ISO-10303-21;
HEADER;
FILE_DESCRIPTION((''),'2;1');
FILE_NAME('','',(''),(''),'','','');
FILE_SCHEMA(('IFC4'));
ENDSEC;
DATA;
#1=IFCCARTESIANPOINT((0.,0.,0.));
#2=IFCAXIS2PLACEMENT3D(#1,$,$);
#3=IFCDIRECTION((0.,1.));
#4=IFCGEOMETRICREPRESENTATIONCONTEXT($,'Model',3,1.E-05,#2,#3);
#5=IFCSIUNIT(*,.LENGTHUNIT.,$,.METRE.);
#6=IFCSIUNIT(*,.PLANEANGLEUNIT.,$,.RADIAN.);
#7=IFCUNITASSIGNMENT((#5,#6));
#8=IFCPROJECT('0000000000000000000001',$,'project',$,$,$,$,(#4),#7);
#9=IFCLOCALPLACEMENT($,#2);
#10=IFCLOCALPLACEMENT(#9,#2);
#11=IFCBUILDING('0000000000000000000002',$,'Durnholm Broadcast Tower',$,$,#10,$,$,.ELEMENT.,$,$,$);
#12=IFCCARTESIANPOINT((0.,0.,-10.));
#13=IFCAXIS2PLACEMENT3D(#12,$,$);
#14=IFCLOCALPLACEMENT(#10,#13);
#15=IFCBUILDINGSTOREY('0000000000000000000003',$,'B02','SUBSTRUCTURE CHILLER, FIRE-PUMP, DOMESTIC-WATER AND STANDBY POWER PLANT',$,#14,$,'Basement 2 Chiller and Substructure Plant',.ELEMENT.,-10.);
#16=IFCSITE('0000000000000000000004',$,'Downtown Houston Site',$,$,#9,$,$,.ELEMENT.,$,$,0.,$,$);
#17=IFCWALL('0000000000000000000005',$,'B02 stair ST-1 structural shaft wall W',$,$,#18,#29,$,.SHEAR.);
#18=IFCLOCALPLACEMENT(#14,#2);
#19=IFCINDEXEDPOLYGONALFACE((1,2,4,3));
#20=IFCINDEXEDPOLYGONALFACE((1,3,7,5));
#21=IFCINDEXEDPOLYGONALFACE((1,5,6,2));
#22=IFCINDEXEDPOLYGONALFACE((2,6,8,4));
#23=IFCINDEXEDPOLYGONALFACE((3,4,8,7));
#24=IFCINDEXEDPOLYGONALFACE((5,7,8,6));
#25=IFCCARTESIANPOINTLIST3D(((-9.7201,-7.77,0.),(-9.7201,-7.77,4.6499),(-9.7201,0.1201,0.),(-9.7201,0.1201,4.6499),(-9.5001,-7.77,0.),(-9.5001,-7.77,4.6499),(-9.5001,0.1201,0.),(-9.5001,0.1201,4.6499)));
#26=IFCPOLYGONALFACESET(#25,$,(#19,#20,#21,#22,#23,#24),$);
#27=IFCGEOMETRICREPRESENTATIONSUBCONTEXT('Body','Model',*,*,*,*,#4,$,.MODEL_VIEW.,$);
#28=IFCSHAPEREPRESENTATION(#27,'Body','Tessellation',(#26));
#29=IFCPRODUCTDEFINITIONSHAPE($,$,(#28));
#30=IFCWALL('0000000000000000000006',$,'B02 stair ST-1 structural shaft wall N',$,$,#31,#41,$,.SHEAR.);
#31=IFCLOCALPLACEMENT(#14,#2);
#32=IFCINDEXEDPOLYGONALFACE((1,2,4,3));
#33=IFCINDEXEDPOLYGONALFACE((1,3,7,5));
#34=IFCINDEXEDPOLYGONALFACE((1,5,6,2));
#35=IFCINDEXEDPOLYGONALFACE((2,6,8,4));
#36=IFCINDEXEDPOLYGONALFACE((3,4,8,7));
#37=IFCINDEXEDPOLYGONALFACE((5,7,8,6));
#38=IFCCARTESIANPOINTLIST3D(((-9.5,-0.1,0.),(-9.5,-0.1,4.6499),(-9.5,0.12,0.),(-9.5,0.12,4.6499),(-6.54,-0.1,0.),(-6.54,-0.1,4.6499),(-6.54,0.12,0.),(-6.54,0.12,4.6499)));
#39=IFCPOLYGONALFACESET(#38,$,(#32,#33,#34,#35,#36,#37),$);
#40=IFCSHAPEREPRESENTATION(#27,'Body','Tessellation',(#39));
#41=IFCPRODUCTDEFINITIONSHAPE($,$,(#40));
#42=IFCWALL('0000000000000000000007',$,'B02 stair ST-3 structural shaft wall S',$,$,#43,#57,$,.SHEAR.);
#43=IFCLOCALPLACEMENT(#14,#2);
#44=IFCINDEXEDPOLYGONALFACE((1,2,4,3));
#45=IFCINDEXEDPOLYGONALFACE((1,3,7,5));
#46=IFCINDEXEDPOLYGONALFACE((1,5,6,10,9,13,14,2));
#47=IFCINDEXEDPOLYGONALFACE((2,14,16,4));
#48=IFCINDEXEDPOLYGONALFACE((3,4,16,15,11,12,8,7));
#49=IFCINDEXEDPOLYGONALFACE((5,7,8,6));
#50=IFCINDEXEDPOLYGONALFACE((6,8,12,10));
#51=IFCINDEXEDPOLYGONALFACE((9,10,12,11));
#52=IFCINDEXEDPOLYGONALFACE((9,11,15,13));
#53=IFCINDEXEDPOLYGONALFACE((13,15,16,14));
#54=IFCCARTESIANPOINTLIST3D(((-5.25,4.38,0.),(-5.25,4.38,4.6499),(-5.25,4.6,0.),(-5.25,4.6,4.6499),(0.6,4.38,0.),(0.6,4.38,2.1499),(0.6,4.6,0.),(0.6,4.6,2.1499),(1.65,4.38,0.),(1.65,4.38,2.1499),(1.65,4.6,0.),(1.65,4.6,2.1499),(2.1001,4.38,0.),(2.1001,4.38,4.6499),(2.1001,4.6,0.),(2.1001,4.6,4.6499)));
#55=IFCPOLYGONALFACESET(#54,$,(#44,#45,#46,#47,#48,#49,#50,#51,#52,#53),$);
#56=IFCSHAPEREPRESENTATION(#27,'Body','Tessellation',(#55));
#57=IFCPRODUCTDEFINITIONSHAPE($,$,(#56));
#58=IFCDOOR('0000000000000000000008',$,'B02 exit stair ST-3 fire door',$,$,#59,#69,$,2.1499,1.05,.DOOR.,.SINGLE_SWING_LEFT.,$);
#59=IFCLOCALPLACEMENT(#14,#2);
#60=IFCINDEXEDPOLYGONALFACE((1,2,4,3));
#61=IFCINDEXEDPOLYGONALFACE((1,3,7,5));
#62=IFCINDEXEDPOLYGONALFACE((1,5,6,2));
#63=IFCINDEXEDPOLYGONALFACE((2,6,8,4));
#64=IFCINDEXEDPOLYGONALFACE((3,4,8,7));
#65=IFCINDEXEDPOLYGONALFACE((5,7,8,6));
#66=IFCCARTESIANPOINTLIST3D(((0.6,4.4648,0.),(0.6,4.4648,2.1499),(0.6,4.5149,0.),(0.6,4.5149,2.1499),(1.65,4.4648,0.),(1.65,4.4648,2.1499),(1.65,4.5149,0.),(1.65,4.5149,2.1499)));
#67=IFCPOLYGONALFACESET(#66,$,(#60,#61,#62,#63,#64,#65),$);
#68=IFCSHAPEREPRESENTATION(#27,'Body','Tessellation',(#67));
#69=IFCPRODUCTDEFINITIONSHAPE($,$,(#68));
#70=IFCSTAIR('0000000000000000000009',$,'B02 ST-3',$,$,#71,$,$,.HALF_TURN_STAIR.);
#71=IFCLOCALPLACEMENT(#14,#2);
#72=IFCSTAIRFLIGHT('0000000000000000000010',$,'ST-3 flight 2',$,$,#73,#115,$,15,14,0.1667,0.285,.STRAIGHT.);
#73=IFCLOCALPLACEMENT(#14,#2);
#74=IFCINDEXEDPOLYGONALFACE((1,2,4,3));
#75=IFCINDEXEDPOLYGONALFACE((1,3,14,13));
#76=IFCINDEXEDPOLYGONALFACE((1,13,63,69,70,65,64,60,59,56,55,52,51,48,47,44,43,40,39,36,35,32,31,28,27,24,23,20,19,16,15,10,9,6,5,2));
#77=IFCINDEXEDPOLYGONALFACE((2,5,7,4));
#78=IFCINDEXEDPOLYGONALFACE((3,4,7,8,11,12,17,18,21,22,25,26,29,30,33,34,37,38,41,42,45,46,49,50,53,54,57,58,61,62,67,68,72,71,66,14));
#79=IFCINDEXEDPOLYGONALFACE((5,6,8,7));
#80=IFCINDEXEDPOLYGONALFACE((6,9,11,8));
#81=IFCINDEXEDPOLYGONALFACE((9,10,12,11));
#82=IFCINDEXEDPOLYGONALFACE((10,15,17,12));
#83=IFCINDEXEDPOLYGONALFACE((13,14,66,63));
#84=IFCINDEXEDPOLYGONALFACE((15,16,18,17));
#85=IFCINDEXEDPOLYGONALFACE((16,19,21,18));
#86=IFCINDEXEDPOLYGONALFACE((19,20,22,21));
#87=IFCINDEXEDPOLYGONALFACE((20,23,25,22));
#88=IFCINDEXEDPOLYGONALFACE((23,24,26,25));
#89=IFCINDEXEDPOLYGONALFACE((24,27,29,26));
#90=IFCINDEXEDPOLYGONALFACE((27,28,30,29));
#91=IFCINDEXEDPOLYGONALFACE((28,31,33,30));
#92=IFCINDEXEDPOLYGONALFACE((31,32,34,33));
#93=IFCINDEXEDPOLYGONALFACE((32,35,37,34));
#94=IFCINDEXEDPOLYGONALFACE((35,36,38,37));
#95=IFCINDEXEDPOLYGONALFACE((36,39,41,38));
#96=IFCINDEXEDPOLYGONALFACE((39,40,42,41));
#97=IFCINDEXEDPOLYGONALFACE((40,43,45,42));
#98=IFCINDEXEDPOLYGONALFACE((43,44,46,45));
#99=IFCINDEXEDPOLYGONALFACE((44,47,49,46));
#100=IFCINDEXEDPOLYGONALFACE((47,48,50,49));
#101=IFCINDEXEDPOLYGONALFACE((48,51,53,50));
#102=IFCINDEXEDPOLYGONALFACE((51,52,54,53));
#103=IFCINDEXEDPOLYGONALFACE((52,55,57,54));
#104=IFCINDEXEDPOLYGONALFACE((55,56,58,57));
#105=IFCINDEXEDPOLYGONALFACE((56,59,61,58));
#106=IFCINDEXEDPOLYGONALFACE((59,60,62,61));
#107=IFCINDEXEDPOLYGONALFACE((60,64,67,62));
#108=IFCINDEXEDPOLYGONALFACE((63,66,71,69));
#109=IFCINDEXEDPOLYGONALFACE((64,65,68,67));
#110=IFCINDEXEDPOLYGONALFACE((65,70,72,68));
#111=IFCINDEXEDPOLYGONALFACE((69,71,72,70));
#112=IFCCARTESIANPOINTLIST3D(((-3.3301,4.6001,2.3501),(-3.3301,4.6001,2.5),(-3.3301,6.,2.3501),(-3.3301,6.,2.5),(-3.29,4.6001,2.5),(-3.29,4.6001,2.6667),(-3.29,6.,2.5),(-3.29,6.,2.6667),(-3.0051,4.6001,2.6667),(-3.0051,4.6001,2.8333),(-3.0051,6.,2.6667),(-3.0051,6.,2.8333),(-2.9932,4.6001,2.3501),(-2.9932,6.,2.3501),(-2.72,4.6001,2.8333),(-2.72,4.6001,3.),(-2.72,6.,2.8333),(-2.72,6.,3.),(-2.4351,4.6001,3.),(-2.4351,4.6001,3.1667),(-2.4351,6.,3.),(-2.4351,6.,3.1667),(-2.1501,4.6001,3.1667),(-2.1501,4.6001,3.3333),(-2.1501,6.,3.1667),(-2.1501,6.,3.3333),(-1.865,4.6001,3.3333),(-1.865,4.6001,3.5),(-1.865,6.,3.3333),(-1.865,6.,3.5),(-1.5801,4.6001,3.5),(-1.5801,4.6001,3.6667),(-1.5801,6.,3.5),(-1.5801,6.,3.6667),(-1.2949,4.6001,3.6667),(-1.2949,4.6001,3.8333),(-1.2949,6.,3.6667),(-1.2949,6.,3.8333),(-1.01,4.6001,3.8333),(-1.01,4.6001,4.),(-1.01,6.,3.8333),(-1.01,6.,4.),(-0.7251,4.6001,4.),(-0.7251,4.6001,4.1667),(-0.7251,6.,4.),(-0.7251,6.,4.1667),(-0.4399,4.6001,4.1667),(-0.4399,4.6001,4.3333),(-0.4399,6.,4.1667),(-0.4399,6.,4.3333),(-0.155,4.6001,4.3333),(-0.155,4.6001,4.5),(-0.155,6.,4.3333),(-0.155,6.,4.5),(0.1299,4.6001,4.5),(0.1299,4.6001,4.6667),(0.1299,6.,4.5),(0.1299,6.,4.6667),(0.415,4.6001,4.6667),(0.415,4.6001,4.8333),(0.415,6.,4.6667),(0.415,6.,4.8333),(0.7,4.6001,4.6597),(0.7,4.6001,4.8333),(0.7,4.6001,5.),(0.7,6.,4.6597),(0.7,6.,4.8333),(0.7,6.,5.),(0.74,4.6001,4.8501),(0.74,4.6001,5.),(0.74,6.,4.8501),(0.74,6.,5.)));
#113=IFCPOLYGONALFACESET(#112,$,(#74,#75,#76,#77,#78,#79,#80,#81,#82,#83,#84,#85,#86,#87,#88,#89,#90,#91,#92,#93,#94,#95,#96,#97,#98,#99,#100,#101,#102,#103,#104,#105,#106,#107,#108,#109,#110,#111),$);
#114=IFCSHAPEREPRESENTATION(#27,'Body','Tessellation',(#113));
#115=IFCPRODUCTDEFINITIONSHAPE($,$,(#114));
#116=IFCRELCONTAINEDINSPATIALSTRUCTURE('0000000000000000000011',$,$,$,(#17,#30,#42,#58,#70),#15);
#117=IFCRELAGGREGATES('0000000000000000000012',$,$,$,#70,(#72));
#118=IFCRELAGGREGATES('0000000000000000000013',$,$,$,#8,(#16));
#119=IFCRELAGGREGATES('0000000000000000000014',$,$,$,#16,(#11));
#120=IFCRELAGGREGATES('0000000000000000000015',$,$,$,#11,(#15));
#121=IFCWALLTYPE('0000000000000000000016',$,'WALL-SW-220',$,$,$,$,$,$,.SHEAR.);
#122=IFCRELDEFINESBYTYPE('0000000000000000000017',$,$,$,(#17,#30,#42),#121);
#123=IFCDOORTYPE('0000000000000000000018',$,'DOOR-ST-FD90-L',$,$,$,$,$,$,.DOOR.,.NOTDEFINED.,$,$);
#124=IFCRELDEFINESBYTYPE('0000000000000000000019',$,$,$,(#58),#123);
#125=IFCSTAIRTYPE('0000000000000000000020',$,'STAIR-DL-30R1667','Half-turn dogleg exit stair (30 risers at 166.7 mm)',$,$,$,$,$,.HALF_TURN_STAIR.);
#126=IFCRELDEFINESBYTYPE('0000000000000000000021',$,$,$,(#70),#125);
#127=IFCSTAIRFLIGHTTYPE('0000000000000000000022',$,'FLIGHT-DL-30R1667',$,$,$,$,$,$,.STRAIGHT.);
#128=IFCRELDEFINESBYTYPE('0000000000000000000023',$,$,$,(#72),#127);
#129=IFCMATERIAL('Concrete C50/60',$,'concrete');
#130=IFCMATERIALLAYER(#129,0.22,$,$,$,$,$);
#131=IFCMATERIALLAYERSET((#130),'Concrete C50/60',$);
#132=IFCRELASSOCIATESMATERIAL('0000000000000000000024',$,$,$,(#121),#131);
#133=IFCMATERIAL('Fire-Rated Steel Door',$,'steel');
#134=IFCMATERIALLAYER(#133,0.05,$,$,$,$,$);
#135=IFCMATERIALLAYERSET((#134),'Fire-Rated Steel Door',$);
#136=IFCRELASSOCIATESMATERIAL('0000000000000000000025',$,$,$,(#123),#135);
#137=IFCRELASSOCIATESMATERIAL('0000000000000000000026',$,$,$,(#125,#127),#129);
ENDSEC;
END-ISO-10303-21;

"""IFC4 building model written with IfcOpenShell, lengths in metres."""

from ifc_helpers import new_model, si_unit, direction, frame, frame_2d, origin, place, context, subcontext, project, spatial, polyline, rectangle, outline, extrude, source, transform, mapped, material, layer, layer_set, type_object, type_shapes, element, fill, aggregate, save


model = new_model("IFC4")

# Units and contexts
model_context = context("Model", 3, precision=1e-05, world=origin(), true_north=direction((0.0, 1.0)))
body_context = subcontext(model_context, "Body", "Model", "MODEL_VIEW")
ifc_project = project(units=[si_unit("LENGTHUNIT", "METRE"), si_unit("PLANEANGLEUNIT", "RADIAN")], contexts=[model_context])

# Site, building, storey
site_placement = place(None, origin())
site = spatial("IfcSite", under=ifc_project, at=site_placement, Name="Downtown Houston Site", CompositionType="ELEMENT", RefElevation=0.0)
building_placement = place(site_placement, origin())
building = spatial("IfcBuilding", under=site, at=building_placement, Name="Durnholm Broadcast Tower", CompositionType="ELEMENT")
storey_placement = place(building_placement, frame((0.0, 0.0, -10.0)))
storey = spatial("IfcBuildingStorey", under=building, at=storey_placement, Name="B02", Description="SUBSTRUCTURE CHILLER, FIRE-PUMP, DOMESTIC-WATER AND STANDBY POWER PLANT", LongName="Basement 2 Chiller and Substructure Plant", CompositionType="ELEMENT", Elevation=-10.0)

# Shared definitions
ifc_material_1 = material(Name="Concrete C50/60", Category="concrete")

# Walls
ifc_layer_1 = layer(ifc_material_1, 0.22)
ifc_layer_set_1 = layer_set([ifc_layer_1], Name="Concrete C50/60")
wall_type_1 = type_object("IfcWallType", Name="WALL-SW-220", PredefinedType="SHEAR", material=ifc_layer_set_1)
wall_1_placement = place(storey_placement, frame((-9.6101, 0.1201, 0.0), z_axis=(0.0, 0.0, 1.0), x_axis=(0.0, -1.0, 0.0)))
element("IfcWall", 1, at=wall_1_placement, inside=storey, type_object=wall_type_1, Name="B02 stair ST-1 structural shaft wall W", PredefinedType="SHEAR", context=body_context, shape_type="SweptSolid", body=[
    extrude(rectangle(XDim=7.8901, YDim=0.22, at=frame_2d((3.9451, 0.0))), origin(), (0.0, 0.0, 1.0), 4.6499),
])
wall_2_placement = place(storey_placement, frame((-6.54, 0.01, 0.0), z_axis=(0.0, 0.0, 1.0), x_axis=(-1.0, 0.0, 0.0)))
element("IfcWall", 2, at=wall_2_placement, inside=storey, type_object=wall_type_1, Name="B02 stair ST-1 structural shaft wall N", PredefinedType="SHEAR", context=body_context, shape_type="SweptSolid", body=[
    extrude(rectangle(XDim=2.96, YDim=0.22, at=frame_2d((1.48, 0.0))), origin(), (0.0, 0.0, 1.0), 4.6499),
])

# Wall, opening, door
wall_3_placement = place(storey_placement, frame((-5.25, 4.49, 0.0), z_axis=(0.0, 0.0, 1.0), x_axis=(1.0, 0.0, 0.0)))
wall_3 = element("IfcWall", 3, at=wall_3_placement, inside=storey, type_object=wall_type_1, Name="B02 stair ST-3 structural shaft wall S", PredefinedType="SHEAR", context=body_context, shape_type="SweptSolid", body=[
    extrude(rectangle(XDim=7.3501, YDim=0.22, at=frame_2d((3.675, 0.0))), origin(), (0.0, 0.0, 1.0), 4.6499),
])
opening_1_placement = place(wall_3_placement, frame((5.8501, 0.0, 0.0)))
opening_1 = element("IfcOpeningElement", 4, at=opening_1_placement, cuts=wall_3, PredefinedType="OPENING", context=body_context, shape_type="SweptSolid", body=[
    extrude(rectangle(XDim=1.05, YDim=2.1499, at=frame_2d((0.5249, 1.075))), frame((0.0, 0.1201, 0.0), z_axis=(0.0, -1.0, 0.0), x_axis=(1.0, 0.0, 0.0)), (0.0, 0.0, 1.0), 0.24),
])
ifc_material_2 = material(Name="Fire-Rated Steel Door", Category="steel")
ifc_layer_2 = layer(ifc_material_2, 0.05)
ifc_layer_set_2 = layer_set([ifc_layer_2], Name="Fire-Rated Steel Door")
door_type_1 = type_object("IfcDoorType", Name="DOOR-ST-FD90-L", OperationType="NOTDEFINED", PredefinedType="DOOR", material=ifc_layer_set_2)
shared_shape_1 = source(origin(), body_context, "Body", "SweptSolid", [
    extrude(rectangle(XDim=1.05, YDim=2.1499, at=frame_2d((0.5249, 1.075))), frame((0.0, 0.0249, 0.0), z_axis=(0.0, -1.0, 0.0), x_axis=(1.0, 0.0, 0.0)), (0.0, 0.0, 1.0), 0.05),
])
type_shapes(door_type_1, [shared_shape_1])
door_1_placement = place(opening_1_placement, origin())
door_1 = element("IfcDoor", 5, at=door_1_placement, inside=storey, type_object=door_type_1, Name="B02 exit stair ST-3 fire door", OperationType="SINGLE_SWING_LEFT", OverallHeight=2.1499, OverallWidth=1.05, PredefinedType="DOOR", context=body_context, shape_type="MappedRepresentation", body=[
    mapped(shared_shape_1, transform((0.0, 0.0, 0.0), x_axis=(1.0, 0.0, 0.0), y_axis=(0.0, 1.0, 0.0), z_axis=(0.0, 0.0, 1.0), scale=1.0)),
])
fill(opening_1, door_1)

# Stair, stair flight
stair_type = type_object("IfcStairType", Name="STAIR-DL-30R1667", Description="Half-turn dogleg exit stair (30 risers at 166.7 mm)", PredefinedType="HALF_TURN_STAIR", material=ifc_material_1)
stair_placement = place(storey_placement, origin())
stair = element("IfcStair", 6, at=stair_placement, inside=storey, type_object=stair_type, Name="B02 ST-3", PredefinedType="HALF_TURN_STAIR")
stair_flight_type = type_object("IfcStairFlightType", Name="FLIGHT-DL-30R1667", PredefinedType="STRAIGHT", material=ifc_material_1)
stair_flight_placement = place(storey_placement, frame((-3.29, 5.3, 2.5), z_axis=(0.0, 0.0, 1.0), x_axis=(1.0, 0.0, 0.0)))
stair_flight = element("IfcStairFlight", 7, at=stair_flight_placement, type_object=stair_flight_type, Name="ST-3 flight 2", NumberOfRisers=15, NumberOfTreads=14, PredefinedType="STRAIGHT", RiserHeight=0.1667, TreadLength=0.285, context=body_context, shape_type="SweptSolid", body=[
    extrude(outline(polyline([(-0.04, -0.1499), (-0.04, 0.0), (0.0, 0.0), (0.0, 0.1667), (0.2849, 0.1667), (0.2849, 0.3333), (0.5701, 0.3333), (0.5701, 0.5), (0.855, 0.5), (0.855, 0.6667), (1.1399, 0.6667), (1.1399, 0.8333), (1.425, 0.8333), (1.425, 1.0), (1.71, 1.0), (1.71, 1.1667), (1.9951, 1.1667), (1.9951, 1.3333), (2.28, 1.3333), (2.28, 1.5), (2.5649, 1.5), (2.5649, 1.6667), (2.8501, 1.6667), (2.8501, 1.8333), (3.135, 1.8333), (3.135, 2.0), (3.4199, 2.0), (3.4199, 2.1667), (3.7051, 2.1667), (3.7051, 2.3333), (3.99, 2.3333), (3.99, 2.5), (4.03, 2.5), (4.03, 2.3501), (3.99, 2.1597), (0.2969, -0.1499), (-0.04, -0.1499)])), frame((0.0, 0.7, 0.0), z_axis=(0.0, -1.0, 0.0), x_axis=(1.0, 0.0, 0.0)), (0.0, 0.0, 1.0), 1.3999),
])
aggregate(stair, [stair_flight])

save(model, "model.ifc")
